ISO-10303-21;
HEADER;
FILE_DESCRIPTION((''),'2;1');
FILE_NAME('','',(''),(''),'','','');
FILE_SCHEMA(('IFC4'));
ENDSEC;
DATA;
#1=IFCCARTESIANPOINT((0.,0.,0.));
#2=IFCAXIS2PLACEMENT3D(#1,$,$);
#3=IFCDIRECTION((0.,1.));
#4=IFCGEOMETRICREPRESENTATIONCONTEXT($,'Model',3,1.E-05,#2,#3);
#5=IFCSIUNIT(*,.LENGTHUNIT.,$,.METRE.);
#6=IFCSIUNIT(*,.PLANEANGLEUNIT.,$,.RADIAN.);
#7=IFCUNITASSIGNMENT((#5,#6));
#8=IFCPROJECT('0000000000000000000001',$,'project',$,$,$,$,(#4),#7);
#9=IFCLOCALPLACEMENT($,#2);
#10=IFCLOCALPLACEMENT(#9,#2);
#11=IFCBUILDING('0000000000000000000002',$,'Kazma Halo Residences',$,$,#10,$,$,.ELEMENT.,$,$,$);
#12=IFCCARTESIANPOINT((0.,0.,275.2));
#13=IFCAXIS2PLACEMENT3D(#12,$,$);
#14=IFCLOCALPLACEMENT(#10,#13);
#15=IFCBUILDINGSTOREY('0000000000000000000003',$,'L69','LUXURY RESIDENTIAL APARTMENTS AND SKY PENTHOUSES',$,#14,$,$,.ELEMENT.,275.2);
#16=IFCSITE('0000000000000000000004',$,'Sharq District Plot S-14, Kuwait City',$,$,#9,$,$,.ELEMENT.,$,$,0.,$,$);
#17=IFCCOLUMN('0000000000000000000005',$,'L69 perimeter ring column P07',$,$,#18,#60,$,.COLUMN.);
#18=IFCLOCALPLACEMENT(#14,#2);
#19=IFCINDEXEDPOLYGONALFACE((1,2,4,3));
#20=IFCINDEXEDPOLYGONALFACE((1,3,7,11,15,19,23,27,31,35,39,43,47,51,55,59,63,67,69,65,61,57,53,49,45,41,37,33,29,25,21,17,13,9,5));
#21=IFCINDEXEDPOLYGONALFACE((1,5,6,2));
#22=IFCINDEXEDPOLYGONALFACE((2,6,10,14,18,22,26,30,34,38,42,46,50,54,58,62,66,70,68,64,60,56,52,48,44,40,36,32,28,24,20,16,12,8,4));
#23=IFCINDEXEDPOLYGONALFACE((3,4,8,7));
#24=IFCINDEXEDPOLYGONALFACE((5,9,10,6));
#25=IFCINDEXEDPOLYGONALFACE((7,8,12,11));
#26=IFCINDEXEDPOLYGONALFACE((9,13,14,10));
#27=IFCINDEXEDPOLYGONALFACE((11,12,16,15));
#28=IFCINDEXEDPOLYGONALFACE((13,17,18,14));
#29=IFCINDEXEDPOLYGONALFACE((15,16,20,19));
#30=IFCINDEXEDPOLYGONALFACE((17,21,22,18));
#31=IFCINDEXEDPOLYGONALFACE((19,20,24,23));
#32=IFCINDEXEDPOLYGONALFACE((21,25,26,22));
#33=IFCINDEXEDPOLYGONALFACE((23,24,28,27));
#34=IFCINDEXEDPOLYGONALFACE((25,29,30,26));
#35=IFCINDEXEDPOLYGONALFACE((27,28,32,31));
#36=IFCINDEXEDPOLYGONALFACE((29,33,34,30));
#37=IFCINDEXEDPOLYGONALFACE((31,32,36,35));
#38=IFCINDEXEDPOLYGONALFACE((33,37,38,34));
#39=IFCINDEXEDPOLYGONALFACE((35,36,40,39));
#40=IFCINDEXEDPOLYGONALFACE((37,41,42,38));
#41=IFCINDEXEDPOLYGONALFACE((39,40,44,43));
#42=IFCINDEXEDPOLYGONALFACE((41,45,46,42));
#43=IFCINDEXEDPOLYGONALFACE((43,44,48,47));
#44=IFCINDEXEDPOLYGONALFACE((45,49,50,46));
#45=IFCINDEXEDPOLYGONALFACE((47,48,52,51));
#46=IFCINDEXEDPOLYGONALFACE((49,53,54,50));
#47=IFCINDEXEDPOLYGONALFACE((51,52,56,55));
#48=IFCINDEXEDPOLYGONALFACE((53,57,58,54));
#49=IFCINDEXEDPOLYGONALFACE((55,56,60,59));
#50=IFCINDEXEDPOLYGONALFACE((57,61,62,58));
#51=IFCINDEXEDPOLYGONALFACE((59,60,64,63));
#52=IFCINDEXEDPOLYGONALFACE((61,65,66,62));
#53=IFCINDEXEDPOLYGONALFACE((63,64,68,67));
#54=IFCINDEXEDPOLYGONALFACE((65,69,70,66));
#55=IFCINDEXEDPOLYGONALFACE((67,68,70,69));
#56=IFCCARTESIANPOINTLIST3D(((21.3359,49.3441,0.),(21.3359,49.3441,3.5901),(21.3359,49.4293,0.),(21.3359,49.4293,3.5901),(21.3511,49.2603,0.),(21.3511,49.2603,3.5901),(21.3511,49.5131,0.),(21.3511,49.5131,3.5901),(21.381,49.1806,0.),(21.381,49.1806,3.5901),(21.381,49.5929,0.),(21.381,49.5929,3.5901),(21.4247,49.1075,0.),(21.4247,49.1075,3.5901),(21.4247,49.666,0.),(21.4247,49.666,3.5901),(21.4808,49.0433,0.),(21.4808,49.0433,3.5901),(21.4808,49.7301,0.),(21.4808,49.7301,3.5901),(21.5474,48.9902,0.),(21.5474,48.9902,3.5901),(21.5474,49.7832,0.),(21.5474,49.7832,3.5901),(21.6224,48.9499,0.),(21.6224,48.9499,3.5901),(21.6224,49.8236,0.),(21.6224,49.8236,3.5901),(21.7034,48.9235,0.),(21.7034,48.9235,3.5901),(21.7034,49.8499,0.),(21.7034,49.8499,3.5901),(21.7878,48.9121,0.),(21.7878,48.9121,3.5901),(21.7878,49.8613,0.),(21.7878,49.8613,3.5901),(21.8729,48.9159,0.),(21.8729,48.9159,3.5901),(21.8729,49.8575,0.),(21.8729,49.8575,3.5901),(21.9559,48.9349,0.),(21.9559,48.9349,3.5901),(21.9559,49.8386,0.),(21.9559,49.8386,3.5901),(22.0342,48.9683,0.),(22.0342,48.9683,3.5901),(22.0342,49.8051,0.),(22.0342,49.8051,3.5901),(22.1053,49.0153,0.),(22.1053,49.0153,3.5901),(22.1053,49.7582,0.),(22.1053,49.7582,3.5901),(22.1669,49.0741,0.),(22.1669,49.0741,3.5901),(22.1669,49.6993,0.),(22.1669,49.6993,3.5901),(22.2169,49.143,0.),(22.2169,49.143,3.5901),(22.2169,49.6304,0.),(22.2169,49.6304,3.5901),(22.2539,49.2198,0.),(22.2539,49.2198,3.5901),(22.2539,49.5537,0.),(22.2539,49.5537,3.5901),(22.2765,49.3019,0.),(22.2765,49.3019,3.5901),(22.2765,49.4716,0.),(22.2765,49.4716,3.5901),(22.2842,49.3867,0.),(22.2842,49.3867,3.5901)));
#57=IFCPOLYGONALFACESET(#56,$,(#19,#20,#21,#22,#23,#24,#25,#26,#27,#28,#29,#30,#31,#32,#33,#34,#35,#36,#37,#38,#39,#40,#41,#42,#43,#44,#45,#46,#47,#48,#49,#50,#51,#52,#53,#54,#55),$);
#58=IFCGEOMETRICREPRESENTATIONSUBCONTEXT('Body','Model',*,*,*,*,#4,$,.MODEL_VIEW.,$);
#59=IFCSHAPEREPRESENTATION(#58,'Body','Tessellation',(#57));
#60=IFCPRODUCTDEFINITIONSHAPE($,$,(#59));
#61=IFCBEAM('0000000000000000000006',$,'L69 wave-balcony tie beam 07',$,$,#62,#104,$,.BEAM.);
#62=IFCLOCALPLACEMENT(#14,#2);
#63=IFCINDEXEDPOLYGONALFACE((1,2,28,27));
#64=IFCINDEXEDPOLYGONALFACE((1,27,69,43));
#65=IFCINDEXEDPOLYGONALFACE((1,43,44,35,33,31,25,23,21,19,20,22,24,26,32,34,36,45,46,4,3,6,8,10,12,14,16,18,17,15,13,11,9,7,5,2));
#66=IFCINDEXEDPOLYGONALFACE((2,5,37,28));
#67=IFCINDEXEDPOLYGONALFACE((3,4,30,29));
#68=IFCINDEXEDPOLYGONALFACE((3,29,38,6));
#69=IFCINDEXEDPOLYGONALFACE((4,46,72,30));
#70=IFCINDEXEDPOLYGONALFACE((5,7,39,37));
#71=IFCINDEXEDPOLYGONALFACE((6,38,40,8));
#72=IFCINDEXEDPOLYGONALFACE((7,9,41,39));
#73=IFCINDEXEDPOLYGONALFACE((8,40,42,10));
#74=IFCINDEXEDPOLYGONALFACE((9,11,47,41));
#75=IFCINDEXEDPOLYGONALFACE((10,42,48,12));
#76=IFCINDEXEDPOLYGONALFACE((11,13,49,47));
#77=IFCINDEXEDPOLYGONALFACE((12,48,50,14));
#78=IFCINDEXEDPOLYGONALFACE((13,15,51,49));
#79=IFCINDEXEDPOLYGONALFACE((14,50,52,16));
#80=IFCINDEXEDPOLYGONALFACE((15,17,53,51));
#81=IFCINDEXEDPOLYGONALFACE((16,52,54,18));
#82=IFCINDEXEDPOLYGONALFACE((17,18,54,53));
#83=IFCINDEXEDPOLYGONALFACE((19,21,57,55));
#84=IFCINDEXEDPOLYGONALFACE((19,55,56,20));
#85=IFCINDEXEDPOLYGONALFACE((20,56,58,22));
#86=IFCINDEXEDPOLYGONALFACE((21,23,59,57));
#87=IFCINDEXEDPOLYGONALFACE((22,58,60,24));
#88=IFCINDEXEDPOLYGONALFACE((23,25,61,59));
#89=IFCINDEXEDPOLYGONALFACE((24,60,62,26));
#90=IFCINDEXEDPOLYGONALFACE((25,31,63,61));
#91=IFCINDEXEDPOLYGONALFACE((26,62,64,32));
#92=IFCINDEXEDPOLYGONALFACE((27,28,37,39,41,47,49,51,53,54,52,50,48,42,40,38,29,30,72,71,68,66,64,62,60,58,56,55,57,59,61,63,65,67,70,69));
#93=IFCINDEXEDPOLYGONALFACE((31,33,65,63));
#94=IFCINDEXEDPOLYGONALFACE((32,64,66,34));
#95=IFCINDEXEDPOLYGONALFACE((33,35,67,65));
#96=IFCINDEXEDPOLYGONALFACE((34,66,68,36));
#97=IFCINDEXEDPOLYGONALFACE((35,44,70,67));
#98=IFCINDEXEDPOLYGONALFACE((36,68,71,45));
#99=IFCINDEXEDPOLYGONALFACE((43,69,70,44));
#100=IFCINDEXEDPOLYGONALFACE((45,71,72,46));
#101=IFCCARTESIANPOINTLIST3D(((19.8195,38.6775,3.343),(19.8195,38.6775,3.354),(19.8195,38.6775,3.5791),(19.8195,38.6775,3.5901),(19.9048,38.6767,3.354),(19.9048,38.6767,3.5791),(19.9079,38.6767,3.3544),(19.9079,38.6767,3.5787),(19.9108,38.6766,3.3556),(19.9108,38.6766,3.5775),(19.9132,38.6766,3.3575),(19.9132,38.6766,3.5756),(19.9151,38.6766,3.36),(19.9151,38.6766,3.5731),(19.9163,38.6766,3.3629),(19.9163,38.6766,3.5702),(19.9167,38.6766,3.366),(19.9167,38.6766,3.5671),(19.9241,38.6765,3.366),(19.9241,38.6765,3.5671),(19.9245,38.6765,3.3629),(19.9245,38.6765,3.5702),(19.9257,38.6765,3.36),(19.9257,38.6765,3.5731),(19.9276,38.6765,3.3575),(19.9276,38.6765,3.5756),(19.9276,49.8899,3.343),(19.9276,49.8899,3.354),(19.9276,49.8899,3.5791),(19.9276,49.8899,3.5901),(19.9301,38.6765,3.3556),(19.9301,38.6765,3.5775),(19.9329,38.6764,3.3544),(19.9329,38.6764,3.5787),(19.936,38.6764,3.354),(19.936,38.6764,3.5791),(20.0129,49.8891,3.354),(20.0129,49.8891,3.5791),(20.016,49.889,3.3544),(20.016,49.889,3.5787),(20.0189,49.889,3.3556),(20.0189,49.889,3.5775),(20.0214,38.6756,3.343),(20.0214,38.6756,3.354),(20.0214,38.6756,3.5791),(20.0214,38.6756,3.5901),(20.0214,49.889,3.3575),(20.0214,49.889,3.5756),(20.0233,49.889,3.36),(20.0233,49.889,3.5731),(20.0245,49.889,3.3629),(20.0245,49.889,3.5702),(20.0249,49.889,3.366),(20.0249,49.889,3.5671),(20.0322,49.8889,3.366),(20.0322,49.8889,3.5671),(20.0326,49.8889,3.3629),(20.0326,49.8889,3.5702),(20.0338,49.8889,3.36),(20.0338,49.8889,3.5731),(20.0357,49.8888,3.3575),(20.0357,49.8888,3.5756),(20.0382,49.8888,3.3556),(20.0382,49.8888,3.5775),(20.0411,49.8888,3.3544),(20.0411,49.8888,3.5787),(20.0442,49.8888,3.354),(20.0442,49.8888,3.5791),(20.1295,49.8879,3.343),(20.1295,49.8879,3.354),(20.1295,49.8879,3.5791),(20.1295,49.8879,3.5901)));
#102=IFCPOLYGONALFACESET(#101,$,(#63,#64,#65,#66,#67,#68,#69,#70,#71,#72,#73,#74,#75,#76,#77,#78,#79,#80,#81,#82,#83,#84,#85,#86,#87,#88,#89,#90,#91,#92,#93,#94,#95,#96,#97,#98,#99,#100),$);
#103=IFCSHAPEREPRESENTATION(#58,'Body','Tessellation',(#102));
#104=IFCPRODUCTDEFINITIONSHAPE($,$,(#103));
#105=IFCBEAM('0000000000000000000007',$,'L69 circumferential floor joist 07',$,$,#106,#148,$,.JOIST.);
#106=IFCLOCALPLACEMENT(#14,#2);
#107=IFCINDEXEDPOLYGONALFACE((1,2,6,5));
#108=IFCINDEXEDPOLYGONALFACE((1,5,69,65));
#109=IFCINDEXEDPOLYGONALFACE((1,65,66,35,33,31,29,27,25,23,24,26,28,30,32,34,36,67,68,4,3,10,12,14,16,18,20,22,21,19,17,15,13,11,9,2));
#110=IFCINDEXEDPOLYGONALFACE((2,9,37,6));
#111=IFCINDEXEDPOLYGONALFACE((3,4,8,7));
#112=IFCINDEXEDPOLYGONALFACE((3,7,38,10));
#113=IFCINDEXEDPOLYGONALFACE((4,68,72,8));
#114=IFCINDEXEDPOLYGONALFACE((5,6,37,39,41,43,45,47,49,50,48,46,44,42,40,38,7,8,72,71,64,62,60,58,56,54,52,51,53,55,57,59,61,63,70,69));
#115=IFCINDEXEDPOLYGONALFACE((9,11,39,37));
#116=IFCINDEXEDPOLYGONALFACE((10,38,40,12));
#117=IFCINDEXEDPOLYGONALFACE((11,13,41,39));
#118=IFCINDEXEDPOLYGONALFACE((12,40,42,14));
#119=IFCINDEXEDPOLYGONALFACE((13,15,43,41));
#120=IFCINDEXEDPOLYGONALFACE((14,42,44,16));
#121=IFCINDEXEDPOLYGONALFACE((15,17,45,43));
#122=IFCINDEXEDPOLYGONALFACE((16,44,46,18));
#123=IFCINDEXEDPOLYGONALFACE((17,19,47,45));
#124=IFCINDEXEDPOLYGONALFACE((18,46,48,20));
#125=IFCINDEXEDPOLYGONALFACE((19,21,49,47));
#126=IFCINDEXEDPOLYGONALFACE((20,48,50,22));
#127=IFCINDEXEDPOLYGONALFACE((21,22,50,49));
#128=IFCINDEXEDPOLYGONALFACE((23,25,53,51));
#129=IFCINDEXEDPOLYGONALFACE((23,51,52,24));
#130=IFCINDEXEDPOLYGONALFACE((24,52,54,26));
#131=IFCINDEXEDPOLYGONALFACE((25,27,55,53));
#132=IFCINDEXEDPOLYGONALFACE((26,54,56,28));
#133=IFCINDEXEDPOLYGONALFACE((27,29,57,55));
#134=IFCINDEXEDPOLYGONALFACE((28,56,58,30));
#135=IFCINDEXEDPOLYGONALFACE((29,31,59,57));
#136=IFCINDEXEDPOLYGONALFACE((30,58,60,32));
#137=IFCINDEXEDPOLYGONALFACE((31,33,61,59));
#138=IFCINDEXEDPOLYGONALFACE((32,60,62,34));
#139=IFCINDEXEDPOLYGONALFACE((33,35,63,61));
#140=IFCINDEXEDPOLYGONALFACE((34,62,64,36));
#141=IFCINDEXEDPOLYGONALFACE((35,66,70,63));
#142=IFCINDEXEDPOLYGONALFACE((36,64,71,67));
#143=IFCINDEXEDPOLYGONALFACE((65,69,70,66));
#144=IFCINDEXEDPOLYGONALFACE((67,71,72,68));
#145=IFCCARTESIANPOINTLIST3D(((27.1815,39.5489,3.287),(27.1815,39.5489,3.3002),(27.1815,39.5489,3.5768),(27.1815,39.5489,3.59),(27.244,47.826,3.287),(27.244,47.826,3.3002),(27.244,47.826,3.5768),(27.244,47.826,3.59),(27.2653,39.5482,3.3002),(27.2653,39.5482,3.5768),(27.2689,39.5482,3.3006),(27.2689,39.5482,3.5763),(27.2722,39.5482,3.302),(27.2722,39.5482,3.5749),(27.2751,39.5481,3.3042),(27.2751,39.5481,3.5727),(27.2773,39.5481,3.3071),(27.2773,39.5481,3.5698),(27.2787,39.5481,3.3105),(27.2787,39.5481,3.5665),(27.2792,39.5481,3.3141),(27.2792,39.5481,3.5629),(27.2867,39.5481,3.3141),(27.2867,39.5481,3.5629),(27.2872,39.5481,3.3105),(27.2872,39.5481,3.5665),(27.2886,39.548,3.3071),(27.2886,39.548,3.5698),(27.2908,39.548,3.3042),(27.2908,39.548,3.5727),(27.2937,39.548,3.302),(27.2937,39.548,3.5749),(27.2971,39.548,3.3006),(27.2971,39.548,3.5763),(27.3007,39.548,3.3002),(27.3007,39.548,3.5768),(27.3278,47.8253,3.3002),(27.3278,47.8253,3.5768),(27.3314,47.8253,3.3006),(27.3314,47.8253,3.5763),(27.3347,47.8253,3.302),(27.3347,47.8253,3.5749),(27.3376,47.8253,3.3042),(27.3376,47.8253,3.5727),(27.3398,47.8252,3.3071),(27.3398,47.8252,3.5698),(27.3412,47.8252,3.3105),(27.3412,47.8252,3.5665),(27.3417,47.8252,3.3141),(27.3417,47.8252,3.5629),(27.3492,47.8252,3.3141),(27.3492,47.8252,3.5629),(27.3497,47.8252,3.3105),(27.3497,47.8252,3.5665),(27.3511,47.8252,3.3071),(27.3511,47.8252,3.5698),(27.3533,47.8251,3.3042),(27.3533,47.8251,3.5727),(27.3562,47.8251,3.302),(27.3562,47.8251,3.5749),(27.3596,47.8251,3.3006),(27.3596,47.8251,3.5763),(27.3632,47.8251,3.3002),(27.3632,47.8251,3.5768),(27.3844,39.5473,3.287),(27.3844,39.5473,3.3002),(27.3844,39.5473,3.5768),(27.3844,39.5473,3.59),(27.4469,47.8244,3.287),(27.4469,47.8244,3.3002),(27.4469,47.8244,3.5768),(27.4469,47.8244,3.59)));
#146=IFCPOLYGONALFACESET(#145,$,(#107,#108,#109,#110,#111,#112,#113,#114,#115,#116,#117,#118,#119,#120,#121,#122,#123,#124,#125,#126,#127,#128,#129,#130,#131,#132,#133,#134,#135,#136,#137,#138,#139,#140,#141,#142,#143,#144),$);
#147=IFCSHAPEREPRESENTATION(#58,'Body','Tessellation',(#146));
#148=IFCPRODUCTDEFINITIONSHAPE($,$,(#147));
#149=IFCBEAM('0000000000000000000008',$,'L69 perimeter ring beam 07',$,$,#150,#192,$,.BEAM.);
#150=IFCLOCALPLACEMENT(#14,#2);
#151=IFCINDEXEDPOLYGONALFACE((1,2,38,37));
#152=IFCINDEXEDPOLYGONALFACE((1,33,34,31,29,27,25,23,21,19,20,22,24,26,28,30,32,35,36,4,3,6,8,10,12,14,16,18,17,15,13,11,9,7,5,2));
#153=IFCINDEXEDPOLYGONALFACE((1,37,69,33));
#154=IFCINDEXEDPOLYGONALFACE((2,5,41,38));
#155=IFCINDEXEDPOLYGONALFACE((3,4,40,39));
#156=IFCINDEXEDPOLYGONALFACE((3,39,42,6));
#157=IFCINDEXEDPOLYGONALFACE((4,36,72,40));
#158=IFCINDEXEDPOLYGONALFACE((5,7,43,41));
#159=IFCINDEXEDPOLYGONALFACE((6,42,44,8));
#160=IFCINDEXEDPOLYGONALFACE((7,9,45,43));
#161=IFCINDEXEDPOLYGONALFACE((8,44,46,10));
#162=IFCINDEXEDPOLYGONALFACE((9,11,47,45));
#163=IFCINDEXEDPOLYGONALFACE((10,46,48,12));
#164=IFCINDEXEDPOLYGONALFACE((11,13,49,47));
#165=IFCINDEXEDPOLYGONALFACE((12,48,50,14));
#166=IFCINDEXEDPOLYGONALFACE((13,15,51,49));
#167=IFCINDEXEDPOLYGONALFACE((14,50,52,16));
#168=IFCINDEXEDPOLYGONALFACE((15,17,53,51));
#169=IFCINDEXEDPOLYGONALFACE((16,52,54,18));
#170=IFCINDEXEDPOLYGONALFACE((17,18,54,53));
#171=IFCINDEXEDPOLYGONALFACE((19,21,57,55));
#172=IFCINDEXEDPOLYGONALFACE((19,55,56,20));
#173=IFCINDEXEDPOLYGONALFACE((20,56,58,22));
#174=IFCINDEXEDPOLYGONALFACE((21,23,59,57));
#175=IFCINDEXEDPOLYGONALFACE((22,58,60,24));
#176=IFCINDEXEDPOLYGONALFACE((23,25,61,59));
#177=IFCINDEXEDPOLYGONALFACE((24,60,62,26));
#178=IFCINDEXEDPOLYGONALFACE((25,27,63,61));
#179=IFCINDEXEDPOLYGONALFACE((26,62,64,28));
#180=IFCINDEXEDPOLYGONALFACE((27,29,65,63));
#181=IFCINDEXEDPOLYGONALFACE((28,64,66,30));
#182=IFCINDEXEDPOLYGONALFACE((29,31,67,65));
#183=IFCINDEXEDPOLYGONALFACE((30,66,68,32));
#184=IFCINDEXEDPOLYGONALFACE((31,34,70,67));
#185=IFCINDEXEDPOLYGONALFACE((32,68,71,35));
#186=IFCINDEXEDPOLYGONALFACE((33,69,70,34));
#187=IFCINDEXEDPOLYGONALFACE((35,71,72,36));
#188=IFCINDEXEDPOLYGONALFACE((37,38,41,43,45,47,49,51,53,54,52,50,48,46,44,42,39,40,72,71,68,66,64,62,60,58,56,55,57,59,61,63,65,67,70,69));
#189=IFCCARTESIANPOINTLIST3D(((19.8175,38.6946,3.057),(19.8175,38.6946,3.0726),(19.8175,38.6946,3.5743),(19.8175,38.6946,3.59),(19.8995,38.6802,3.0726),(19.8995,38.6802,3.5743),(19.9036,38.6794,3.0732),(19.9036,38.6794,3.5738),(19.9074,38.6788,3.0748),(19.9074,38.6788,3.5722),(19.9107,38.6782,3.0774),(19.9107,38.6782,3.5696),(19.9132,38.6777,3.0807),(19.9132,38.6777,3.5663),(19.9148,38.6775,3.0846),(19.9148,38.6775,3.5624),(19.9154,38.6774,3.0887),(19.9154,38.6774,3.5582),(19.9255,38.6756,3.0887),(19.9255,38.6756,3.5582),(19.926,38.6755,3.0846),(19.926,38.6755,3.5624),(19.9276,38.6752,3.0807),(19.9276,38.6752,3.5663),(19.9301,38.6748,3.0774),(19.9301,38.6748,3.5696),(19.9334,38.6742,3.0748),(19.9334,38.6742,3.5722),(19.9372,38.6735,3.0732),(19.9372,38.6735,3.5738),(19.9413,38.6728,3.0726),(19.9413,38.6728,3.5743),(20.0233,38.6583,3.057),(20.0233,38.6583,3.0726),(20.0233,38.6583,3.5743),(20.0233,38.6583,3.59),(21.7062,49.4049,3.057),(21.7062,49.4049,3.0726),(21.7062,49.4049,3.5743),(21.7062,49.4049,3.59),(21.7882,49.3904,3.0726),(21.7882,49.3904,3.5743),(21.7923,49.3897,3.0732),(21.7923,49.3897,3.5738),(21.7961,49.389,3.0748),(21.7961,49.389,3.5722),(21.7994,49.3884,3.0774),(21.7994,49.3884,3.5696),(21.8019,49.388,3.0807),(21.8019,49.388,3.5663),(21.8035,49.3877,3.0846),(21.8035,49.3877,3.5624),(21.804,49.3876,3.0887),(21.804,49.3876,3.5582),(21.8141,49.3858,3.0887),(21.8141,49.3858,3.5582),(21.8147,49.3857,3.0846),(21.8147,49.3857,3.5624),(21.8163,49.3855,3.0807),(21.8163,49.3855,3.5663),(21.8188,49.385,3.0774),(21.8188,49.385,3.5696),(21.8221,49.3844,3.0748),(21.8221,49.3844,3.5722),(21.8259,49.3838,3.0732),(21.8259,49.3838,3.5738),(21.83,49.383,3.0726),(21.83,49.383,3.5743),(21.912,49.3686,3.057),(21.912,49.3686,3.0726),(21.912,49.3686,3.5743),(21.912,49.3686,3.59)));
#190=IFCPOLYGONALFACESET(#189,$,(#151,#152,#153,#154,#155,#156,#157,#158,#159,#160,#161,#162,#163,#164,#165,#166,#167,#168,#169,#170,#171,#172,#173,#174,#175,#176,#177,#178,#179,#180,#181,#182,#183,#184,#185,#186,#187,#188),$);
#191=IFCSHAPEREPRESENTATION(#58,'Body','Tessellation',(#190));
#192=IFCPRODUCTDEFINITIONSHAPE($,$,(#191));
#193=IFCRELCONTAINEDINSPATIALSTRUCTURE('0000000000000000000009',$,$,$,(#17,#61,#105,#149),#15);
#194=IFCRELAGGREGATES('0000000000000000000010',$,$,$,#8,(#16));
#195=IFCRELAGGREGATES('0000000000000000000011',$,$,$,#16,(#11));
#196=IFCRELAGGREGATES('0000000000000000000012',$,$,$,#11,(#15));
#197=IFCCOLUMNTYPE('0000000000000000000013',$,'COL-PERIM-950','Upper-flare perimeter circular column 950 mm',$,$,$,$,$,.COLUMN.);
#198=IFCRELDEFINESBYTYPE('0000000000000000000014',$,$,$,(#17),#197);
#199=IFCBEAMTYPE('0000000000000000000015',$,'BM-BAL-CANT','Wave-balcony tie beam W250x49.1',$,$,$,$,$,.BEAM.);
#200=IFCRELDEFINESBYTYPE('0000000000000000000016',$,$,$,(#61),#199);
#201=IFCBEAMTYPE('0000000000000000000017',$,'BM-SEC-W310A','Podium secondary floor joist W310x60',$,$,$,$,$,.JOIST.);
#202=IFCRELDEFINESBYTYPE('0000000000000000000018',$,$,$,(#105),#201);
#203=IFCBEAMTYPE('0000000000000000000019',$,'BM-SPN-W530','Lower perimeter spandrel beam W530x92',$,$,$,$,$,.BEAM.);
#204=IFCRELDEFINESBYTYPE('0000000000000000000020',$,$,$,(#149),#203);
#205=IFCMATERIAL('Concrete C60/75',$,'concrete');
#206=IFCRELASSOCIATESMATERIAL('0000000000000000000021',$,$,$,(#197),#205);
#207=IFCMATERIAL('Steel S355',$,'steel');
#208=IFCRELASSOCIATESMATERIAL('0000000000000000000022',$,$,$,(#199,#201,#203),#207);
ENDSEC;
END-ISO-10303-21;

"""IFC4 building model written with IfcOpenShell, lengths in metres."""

from ifc_helpers import new_model, si_unit, direction, frame, origin, origin_2d, place, context, subcontext, project, spatial, circle, i_section, extrude, material, material_profile, profile_set, type_object, element, save


model = new_model("IFC4")

# Units and contexts
model_context = context("Model", 3, precision=1e-05, world=origin(), true_north=direction((0.0, 1.0)))
body_context = subcontext(model_context, "Body", "Model", "MODEL_VIEW")
ifc_project = project(units=[si_unit("LENGTHUNIT", "METRE"), si_unit("PLANEANGLEUNIT", "RADIAN")], contexts=[model_context])

# Site, building, storey
site_placement = place(None, origin())
site = spatial("IfcSite", under=ifc_project, at=site_placement, Name="Sharq District Plot S-14, Kuwait City", CompositionType="ELEMENT", RefElevation=0.0)
building_placement = place(site_placement, origin())
building = spatial("IfcBuilding", under=site, at=building_placement, Name="Kazma Halo Residences", CompositionType="ELEMENT")
storey_placement = place(building_placement, frame((0.0, 0.0, 275.2)))
storey = spatial("IfcBuildingStorey", under=building, at=storey_placement, Name="L69", Description="LUXURY RESIDENTIAL APARTMENTS AND SKY PENTHOUSES", CompositionType="ELEMENT", Elevation=275.2)

# Column
ifc_material_1 = material(Name="Concrete C60/75", Category="concrete")
ifc_material_profile_1 = material_profile(ifc_material_1, circle(Radius=0.4751, at=origin_2d()), Name="CIRC950")
ifc_profile_set_1 = profile_set([ifc_material_profile_1], Name="Concrete C60/75")
column_type = type_object("IfcColumnType", Name="COL-PERIM-950", Description="Upper-flare perimeter circular column 950 mm", PredefinedType="COLUMN", material=ifc_profile_set_1)
column_placement = place(storey_placement, frame((21.8091, 49.3867, 0.0), z_axis=(0.0, 0.0, 1.0), x_axis=(1.0, 0.0, 0.0)))
element("IfcColumn", 1, at=column_placement, inside=storey, type_object=column_type, Name="L69 perimeter ring column P07", PredefinedType="COLUMN", context=body_context, shape_type="SweptSolid", body=[
    extrude(circle(Radius=0.4751, at=origin_2d()), origin(), (0.0, 0.0, 1.0), 3.5901),
])

# Beams
ifc_material_2 = material(Name="Steel S355", Category="steel")
ifc_material_profile_2 = material_profile(ifc_material_2, i_section(OverallWidth=0.2019, OverallDepth=0.2471, WebThickness=0.0073, FlangeThickness=0.011, FilletRadius=0.012, at=origin_2d()), Name="W250x49.1")
ifc_profile_set_2 = profile_set([ifc_material_profile_2], Name="Steel S355")
beam_type_1 = type_object("IfcBeamType", Name="BM-BAL-CANT", Description="Wave-balcony tie beam W250x49.1", PredefinedType="BEAM", material=ifc_profile_set_2)
beam_1_placement = place(storey_placement, frame((20.0286, 49.8889, 3.4666), z_axis=(-0.009646, -0.999953, 0.0), x_axis=(0.999953, -0.009646, 0.0)))
element("IfcBeam", 2, at=beam_1_placement, inside=storey, type_object=beam_type_1, Name="L69 wave-balcony tie beam 07", PredefinedType="BEAM", context=body_context, shape_type="SweptSolid", body=[
    extrude(i_section(OverallWidth=0.2019, OverallDepth=0.2471, WebThickness=0.0073, FlangeThickness=0.011, FilletRadius=0.012, at=origin_2d()), origin(), (0.0, 0.0, 1.0), 11.2129),
])
ifc_material_profile_3 = material_profile(ifc_material_2, i_section(OverallWidth=0.2029, OverallDepth=0.303, WebThickness=0.0076, FlangeThickness=0.0132, FilletRadius=0.0139, at=origin_2d()), Name="W310x60")
ifc_profile_set_3 = profile_set([ifc_material_profile_3], Name="Steel S355")
beam_type_2 = type_object("IfcBeamType", Name="BM-SEC-W310A", Description="Podium secondary floor joist W310x60", PredefinedType="JOIST", material=ifc_profile_set_3)
beam_2_placement = place(storey_placement, frame((27.3455, 47.8252, 3.4385), z_axis=(-0.007551, -0.999971, 0.0), x_axis=(0.999971, -0.007551, 0.0)))
element("IfcBeam", 3, at=beam_2_placement, inside=storey, type_object=beam_type_2, Name="L69 circumferential floor joist 07", PredefinedType="JOIST", context=body_context, shape_type="SweptSolid", body=[
    extrude(i_section(OverallWidth=0.2029, OverallDepth=0.303, WebThickness=0.0076, FlangeThickness=0.0132, FilletRadius=0.0139, at=origin_2d()), origin(), (0.0, 0.0, 1.0), 8.2773),
])
ifc_material_profile_4 = material_profile(ifc_material_2, i_section(OverallWidth=0.209, OverallDepth=0.533, WebThickness=0.0103, FlangeThickness=0.0156, FilletRadius=0.0161, at=origin_2d()), Name="W530x92")
ifc_profile_set_4 = profile_set([ifc_material_profile_4], Name="Steel S355")
beam_type_3 = type_object("IfcBeamType", Name="BM-SPN-W530", Description="Lower perimeter spandrel beam W530x92", PredefinedType="BEAM", material=ifc_profile_set_4)
beam_3_placement = place(storey_placement, frame((21.8091, 49.3867, 3.3235), z_axis=(-0.173664, -0.984805, 0.0), x_axis=(0.984805, -0.173664, 0.0)))
element("IfcBeam", 4, at=beam_3_placement, inside=storey, type_object=beam_type_3, Name="L69 perimeter ring beam 07", PredefinedType="BEAM", context=body_context, shape_type="SweptSolid", body=[
    extrude(i_section(OverallWidth=0.209, OverallDepth=0.533, WebThickness=0.0103, FlangeThickness=0.0156, FilletRadius=0.0161, at=origin_2d()), origin(), (0.0, 0.0, 1.0), 10.8755),
])

save(model, "model.ifc")
